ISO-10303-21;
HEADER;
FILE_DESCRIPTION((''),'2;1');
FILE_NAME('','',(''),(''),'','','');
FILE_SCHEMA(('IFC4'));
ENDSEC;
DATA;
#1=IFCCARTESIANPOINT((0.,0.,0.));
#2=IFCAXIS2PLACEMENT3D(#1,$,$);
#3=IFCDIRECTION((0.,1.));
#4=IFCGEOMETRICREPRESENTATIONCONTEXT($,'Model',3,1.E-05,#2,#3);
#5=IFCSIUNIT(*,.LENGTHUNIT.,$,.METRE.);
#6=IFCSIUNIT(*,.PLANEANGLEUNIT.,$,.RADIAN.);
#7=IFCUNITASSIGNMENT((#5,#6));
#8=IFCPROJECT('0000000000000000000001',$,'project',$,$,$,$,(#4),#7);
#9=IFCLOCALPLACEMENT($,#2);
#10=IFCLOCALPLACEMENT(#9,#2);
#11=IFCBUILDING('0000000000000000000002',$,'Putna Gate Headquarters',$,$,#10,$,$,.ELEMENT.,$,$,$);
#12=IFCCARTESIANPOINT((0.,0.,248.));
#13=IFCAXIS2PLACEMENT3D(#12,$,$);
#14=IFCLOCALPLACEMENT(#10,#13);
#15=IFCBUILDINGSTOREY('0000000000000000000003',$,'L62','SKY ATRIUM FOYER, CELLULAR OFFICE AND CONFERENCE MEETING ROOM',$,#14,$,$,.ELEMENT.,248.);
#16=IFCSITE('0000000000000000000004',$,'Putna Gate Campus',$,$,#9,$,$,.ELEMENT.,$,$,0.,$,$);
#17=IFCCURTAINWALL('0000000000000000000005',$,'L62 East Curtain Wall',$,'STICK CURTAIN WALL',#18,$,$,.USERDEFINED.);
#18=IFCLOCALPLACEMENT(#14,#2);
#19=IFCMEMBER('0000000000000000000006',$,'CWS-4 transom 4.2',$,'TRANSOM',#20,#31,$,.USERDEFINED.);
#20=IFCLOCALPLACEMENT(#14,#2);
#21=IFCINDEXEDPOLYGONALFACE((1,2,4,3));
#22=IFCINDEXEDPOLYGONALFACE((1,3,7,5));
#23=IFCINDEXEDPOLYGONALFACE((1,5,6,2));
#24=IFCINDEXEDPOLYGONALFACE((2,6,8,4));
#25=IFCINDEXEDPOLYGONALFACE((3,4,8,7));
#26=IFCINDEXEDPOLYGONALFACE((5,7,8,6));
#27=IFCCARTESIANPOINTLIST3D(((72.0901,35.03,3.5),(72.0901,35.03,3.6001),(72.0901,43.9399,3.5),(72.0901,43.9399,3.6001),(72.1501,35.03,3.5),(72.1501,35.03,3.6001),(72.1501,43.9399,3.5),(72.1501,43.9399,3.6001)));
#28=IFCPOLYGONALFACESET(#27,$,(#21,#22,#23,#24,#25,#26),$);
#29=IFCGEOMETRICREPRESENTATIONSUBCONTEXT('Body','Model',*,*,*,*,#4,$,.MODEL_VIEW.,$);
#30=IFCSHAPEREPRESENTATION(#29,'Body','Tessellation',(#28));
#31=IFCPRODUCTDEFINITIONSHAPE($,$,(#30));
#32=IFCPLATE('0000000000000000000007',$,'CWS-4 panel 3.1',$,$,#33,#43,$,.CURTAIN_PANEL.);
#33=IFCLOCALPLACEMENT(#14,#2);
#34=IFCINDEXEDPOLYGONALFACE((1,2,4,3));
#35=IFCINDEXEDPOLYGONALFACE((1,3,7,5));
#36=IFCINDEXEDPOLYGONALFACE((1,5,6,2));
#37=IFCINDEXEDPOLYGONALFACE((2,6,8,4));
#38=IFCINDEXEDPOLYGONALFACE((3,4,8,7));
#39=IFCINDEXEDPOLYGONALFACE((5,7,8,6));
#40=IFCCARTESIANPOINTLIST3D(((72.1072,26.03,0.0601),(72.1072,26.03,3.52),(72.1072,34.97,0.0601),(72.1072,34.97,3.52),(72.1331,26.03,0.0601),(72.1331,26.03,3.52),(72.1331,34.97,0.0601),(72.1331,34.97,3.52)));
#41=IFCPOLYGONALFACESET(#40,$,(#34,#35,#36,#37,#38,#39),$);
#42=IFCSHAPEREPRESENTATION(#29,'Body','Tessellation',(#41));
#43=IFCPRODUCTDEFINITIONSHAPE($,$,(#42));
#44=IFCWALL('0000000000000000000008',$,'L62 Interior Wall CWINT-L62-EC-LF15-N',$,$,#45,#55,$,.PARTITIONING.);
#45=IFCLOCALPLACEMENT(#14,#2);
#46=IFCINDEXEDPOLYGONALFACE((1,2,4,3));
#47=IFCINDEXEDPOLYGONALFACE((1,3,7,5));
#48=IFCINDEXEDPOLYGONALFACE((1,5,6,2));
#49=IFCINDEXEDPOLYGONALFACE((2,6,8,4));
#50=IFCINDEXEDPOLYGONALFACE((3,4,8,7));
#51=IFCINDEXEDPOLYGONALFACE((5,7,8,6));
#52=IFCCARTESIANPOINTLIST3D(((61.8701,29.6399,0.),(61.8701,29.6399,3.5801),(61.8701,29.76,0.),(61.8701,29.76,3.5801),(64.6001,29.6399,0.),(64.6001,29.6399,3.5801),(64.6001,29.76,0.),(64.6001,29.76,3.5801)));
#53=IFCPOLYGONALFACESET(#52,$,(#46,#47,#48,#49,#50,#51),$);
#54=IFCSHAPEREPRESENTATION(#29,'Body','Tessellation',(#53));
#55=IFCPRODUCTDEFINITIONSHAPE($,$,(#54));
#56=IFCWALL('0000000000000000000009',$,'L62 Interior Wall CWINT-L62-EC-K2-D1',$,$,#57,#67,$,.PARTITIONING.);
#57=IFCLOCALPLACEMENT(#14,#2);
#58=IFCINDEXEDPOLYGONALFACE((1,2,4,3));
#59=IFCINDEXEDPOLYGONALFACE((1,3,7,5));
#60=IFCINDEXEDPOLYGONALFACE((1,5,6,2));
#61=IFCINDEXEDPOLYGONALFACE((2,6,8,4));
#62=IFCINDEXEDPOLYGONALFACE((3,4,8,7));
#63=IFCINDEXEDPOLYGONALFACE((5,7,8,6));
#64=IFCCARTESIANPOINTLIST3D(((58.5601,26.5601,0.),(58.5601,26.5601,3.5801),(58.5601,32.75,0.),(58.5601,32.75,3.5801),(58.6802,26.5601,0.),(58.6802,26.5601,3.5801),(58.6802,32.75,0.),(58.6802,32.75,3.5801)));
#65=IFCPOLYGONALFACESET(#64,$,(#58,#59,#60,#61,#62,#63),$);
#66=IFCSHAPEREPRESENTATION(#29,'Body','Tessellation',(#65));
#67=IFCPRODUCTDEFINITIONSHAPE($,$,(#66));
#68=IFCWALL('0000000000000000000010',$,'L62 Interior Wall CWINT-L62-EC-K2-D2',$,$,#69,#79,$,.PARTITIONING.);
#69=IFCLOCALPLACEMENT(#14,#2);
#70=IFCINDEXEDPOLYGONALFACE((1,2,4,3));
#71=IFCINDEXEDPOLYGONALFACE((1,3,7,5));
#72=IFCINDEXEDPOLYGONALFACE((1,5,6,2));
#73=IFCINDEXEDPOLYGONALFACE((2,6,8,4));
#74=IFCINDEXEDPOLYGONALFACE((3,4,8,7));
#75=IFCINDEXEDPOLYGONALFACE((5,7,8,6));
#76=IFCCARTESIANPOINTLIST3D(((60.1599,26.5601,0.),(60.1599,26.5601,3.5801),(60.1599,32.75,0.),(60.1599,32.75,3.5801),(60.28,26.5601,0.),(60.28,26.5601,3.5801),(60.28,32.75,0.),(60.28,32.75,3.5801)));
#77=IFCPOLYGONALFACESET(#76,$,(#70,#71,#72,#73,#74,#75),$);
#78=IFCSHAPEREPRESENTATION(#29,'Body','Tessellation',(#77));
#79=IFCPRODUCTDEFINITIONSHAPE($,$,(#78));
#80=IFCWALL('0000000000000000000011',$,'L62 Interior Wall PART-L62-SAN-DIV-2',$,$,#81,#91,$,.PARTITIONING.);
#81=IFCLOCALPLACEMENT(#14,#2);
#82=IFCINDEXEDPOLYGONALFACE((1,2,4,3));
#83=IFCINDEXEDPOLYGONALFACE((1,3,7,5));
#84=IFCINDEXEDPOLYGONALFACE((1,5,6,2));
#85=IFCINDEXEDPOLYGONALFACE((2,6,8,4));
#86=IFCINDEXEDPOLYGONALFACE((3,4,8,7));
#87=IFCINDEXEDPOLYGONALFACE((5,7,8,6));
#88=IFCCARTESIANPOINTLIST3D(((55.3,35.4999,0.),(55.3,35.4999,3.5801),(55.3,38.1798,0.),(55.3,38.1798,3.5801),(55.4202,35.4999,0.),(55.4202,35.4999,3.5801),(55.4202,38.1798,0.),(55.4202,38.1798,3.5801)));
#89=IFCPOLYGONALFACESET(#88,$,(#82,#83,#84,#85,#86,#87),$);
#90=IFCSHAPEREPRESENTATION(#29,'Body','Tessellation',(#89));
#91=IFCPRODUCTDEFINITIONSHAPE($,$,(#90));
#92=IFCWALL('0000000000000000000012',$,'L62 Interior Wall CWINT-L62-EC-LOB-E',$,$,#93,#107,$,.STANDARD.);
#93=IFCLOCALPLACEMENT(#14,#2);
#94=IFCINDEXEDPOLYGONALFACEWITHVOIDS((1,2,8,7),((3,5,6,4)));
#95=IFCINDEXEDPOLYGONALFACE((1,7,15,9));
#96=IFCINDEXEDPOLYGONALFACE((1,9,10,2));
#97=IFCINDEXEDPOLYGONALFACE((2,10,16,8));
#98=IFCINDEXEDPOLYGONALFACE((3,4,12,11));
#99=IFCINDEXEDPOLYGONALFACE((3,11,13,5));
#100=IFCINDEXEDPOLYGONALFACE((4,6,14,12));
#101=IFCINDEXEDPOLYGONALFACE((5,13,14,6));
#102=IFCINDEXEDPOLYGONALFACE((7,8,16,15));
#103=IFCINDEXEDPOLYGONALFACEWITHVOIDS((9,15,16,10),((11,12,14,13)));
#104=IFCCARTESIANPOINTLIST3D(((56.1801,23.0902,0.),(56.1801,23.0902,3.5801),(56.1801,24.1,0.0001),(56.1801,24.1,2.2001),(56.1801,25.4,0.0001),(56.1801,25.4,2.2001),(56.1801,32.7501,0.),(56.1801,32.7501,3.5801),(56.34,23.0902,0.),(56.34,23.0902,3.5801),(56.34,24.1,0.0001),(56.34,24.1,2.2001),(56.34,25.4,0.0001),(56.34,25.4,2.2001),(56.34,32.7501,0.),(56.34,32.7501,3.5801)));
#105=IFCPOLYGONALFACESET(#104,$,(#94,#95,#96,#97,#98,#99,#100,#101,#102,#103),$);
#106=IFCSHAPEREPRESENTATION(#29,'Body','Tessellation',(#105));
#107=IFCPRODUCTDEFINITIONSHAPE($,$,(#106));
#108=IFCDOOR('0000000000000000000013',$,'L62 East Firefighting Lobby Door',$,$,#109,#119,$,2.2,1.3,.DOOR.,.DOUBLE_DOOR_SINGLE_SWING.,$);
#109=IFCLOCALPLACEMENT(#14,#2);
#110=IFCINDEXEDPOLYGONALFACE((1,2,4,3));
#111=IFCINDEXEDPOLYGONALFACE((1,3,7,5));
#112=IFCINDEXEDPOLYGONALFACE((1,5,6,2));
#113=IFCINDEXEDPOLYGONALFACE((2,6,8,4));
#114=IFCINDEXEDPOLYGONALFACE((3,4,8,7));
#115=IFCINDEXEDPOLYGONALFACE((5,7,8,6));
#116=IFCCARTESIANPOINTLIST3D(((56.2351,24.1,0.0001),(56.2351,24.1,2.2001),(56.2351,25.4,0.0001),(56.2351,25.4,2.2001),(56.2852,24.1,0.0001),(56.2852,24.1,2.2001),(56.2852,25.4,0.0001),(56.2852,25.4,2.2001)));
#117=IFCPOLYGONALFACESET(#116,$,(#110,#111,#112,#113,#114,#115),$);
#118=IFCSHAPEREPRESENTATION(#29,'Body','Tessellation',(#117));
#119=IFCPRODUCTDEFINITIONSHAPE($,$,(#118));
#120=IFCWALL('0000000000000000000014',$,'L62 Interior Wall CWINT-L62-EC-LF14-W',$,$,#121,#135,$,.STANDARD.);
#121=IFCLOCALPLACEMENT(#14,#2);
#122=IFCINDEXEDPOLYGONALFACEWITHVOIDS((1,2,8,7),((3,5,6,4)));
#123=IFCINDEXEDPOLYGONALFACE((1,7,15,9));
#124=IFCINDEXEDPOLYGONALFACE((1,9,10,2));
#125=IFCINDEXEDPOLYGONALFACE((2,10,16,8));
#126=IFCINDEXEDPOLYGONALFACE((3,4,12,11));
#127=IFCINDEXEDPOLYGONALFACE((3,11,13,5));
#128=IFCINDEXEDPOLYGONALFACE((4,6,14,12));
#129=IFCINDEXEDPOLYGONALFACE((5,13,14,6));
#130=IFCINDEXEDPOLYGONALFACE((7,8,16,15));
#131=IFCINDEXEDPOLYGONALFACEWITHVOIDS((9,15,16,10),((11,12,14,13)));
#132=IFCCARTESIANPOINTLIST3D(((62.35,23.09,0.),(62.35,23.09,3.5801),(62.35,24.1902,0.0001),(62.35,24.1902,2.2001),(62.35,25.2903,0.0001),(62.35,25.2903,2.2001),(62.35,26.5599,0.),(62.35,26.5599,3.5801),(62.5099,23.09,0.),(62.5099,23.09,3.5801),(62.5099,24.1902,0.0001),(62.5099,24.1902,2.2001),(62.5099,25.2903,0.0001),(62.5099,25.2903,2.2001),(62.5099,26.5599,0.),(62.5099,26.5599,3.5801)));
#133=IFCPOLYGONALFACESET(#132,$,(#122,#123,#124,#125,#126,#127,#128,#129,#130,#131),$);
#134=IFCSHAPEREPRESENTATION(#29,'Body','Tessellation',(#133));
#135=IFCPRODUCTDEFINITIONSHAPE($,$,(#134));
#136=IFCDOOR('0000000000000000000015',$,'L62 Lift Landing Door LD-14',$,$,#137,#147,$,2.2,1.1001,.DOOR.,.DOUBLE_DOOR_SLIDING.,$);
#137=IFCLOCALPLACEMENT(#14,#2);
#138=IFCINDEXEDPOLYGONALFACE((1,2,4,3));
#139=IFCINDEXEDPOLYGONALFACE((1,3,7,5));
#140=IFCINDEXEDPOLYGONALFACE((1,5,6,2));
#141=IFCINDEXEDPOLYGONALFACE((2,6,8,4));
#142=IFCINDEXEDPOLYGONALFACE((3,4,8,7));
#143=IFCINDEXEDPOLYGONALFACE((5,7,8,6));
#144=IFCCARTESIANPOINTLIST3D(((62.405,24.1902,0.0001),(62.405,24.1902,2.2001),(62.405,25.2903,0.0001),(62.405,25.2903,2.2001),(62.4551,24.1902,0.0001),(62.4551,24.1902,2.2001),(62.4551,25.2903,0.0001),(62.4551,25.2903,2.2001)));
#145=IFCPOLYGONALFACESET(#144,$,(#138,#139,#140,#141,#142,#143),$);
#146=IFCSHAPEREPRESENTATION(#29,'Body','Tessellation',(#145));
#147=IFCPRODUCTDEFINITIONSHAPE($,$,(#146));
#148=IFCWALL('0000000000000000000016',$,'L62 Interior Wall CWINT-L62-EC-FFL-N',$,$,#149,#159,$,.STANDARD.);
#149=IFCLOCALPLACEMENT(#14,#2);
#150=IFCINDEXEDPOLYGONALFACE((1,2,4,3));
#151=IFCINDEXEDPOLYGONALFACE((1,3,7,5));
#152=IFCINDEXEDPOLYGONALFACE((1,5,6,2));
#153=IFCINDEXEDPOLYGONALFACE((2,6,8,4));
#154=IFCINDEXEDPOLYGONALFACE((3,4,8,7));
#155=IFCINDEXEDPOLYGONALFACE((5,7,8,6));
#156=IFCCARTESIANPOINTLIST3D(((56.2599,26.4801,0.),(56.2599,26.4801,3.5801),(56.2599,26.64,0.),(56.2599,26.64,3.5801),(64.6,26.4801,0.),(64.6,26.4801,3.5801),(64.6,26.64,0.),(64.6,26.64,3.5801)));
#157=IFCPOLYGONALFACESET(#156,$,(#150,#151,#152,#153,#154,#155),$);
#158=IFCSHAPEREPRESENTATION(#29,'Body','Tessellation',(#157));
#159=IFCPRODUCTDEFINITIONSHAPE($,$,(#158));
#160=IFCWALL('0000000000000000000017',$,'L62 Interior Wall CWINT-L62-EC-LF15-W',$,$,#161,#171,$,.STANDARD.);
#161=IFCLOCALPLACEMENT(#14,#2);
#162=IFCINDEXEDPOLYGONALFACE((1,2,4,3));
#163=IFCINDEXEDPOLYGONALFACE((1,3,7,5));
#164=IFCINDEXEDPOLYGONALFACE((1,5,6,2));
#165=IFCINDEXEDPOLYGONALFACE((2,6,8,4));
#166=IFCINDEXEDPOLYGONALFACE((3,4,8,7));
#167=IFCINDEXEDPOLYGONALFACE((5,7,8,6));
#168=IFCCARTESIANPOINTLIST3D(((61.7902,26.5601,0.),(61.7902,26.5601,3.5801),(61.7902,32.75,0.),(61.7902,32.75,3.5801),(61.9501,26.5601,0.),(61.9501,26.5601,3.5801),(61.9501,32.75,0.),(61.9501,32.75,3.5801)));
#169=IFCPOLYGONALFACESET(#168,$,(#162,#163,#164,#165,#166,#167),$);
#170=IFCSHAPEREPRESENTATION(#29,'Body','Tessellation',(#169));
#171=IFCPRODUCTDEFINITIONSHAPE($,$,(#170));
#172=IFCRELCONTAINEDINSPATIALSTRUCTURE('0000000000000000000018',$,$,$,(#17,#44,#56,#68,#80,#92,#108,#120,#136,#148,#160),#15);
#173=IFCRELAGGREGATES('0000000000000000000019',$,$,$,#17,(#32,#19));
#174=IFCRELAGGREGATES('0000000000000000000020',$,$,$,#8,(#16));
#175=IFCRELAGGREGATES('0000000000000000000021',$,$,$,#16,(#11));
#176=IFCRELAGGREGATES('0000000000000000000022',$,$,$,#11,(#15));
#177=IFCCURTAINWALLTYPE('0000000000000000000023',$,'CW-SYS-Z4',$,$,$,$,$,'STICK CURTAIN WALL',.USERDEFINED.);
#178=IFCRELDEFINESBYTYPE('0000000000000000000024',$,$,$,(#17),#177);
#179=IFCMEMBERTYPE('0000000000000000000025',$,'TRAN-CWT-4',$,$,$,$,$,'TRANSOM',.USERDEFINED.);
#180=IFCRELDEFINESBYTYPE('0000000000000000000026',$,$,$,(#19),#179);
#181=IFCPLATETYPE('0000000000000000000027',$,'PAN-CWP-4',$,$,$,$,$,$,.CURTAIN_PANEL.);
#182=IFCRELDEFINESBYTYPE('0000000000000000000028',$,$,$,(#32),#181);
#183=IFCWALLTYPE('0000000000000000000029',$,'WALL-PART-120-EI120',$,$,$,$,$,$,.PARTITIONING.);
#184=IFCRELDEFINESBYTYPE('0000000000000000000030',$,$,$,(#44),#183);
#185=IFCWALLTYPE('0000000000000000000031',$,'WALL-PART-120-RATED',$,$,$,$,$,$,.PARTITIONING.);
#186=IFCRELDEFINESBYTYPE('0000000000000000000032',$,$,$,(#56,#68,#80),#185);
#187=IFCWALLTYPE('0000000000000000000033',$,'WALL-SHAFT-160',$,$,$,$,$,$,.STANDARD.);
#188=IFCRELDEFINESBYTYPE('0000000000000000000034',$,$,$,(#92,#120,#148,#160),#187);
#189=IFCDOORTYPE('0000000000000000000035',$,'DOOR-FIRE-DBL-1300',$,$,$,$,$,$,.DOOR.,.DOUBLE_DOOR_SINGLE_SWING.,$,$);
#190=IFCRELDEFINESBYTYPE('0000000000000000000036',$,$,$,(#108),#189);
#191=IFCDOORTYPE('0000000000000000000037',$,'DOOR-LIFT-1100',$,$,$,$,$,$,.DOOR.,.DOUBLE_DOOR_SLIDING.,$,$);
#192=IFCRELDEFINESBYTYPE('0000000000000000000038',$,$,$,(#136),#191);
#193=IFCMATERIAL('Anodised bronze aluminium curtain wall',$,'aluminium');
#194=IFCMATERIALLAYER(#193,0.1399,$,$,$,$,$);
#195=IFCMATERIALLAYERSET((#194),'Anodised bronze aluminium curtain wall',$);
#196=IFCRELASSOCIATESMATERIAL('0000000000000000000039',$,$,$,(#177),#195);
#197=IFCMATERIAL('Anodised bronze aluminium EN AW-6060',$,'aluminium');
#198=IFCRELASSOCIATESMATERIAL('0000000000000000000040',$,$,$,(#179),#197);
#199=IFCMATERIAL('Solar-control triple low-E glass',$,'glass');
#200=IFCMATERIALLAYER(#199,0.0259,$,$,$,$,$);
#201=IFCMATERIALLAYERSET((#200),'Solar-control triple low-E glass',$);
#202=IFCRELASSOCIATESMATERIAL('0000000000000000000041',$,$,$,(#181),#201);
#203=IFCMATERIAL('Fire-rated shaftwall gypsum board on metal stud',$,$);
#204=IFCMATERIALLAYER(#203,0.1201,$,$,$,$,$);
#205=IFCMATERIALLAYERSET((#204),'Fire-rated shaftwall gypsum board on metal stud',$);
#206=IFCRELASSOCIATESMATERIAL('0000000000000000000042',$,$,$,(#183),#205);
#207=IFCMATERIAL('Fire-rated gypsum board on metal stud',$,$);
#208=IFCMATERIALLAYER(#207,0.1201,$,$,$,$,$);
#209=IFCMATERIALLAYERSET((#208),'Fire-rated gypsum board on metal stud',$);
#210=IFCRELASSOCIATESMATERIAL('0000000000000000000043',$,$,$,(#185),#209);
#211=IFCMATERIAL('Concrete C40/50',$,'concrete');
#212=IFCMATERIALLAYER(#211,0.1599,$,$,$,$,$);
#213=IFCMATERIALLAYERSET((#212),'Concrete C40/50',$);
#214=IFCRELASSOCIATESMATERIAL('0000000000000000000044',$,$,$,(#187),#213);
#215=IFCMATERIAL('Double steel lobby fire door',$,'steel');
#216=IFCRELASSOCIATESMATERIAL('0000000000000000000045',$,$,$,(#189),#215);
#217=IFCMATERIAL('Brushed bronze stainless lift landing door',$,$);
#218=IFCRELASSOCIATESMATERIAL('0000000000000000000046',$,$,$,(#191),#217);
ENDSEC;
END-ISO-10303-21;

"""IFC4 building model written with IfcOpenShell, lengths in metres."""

from ifc_helpers import new_model, si_unit, direction, frame, frame_2d, origin, origin_2d, place, context, subcontext, project, spatial, rectangle, extrude, material, layer, layer_set, material_profile, profile_set, type_object, element, fill, aggregate, save


model = new_model("IFC4")

# Units and contexts
model_context = context("Model", 3, precision=1e-05, world=origin(), true_north=direction((0.0, 1.0)))
body_context = subcontext(model_context, "Body", "Model", "MODEL_VIEW")
ifc_project = project(units=[si_unit("LENGTHUNIT", "METRE"), si_unit("PLANEANGLEUNIT", "RADIAN")], contexts=[model_context])

# Site, building, storey
site_placement = place(None, origin())
site = spatial("IfcSite", under=ifc_project, at=site_placement, Name="Putna Gate Campus", CompositionType="ELEMENT", RefElevation=0.0)
building_placement = place(site_placement, origin())
building = spatial("IfcBuilding", under=site, at=building_placement, Name="Putna Gate Headquarters", CompositionType="ELEMENT")
storey_placement = place(building_placement, frame((0.0, 0.0, 248.0)))
storey = spatial("IfcBuildingStorey", under=building, at=storey_placement, Name="L62", Description="SKY ATRIUM FOYER, CELLULAR OFFICE AND CONFERENCE MEETING ROOM", CompositionType="ELEMENT", Elevation=248.0)

# Curtain wall, member, plate
ifc_material_1 = material(Name="Anodised bronze aluminium curtain wall", Category="aluminium")
ifc_layer_1 = layer(ifc_material_1, 0.1399)
ifc_layer_set_1 = layer_set([ifc_layer_1], Name="Anodised bronze aluminium curtain wall")
curtain_wall_type = type_object("IfcCurtainWallType", Name="CW-SYS-Z4", ElementType="STICK CURTAIN WALL", PredefinedType="USERDEFINED", material=ifc_layer_set_1)
curtain_wall_placement = place(storey_placement, origin())
curtain_wall = element("IfcCurtainWall", 1, at=curtain_wall_placement, inside=storey, type_object=curtain_wall_type, Name="L62 East Curtain Wall", ObjectType="STICK CURTAIN WALL", PredefinedType="USERDEFINED")
ifc_material_2 = material(Name="Anodised bronze aluminium EN AW-6060", Category="aluminium")
ifc_material_profile_1 = material_profile(ifc_material_2, rectangle(XDim=0.0601, YDim=0.1001, at=origin_2d()), Name="Anodised bronze aluminium EN AW-6060")
ifc_profile_set_1 = profile_set([ifc_material_profile_1], Name="Anodised bronze aluminium EN AW-6060")
member_type_1 = type_object("IfcMemberType", Name="TRAN-CWT-4", ElementType="TRANSOM", PredefinedType="USERDEFINED", material=ifc_profile_set_1)
member_1_placement = place(storey_placement, frame((72.1201, 35.03, 3.55), z_axis=(0.0, 1.0, 0.0), x_axis=(-1.0, 0.0, 0.0)))
member_1 = element("IfcMember", 2, at=member_1_placement, type_object=member_type_1, Name="CWS-4 transom 4.2", ObjectType="TRANSOM", PredefinedType="USERDEFINED", context=body_context, shape_type="SweptSolid", body=[
    extrude(rectangle(XDim=0.0601, YDim=0.1001, at=origin_2d()), origin(), (0.0, 0.0, 1.0), 8.9099),
])
ifc_material_3 = material(Name="Solar-control triple low-E glass", Category="glass")
ifc_layer_2 = layer(ifc_material_3, 0.0259)
ifc_layer_set_2 = layer_set([ifc_layer_2], Name="Solar-control triple low-E glass")
plate_type = type_object("IfcPlateType", Name="PAN-CWP-4", PredefinedType="CURTAIN_PANEL", material=ifc_layer_set_2)
plate_placement = place(storey_placement, frame((72.1201, 30.5, 0.0601), z_axis=(0.0, 0.0, 1.0), x_axis=(0.0, 1.0, 0.0)))
plate = element("IfcPlate", 3, at=plate_placement, type_object=plate_type, Name="CWS-4 panel 3.1", PredefinedType="CURTAIN_PANEL", context=body_context, shape_type="SweptSolid", body=[
    extrude(rectangle(XDim=8.9399, YDim=0.0259, at=origin_2d()), origin(), (0.0, 0.0, 1.0), 3.46),
])
aggregate(curtain_wall, [plate, member_1])

# Walls
ifc_material_4 = material(Name="Fire-rated shaftwall gypsum board on metal stud")
ifc_layer_3 = layer(ifc_material_4, 0.1201)
ifc_layer_set_3 = layer_set([ifc_layer_3], Name="Fire-rated shaftwall gypsum board on metal stud")
wall_type_1 = type_object("IfcWallType", Name="WALL-PART-120-EI120", PredefinedType="PARTITIONING", material=ifc_layer_set_3)
wall_1_placement = place(storey_placement, frame((61.8701, 29.7, 0.0), z_axis=(0.0, 0.0, 1.0), x_axis=(1.0, 0.0, 0.0)))
element("IfcWall", 4, at=wall_1_placement, inside=storey, type_object=wall_type_1, Name="L62 Interior Wall CWINT-L62-EC-LF15-N", PredefinedType="PARTITIONING", context=body_context, shape_type="SweptSolid", body=[
    extrude(rectangle(XDim=2.73, YDim=0.1201, at=frame_2d((1.365, 0.0))), origin(), (0.0, 0.0, 1.0), 3.5801),
])
ifc_material_5 = material(Name="Fire-rated gypsum board on metal stud")
ifc_layer_4 = layer(ifc_material_5, 0.1201)
ifc_layer_set_4 = layer_set([ifc_layer_4], Name="Fire-rated gypsum board on metal stud")
wall_type_2 = type_object("IfcWallType", Name="WALL-PART-120-RATED", PredefinedType="PARTITIONING", material=ifc_layer_set_4)
for number, where, z_axis, x_axis, name in (
    (5, (58.6201, 26.5601, 0.0), (0.0, 0.0, 1.0), (0.0, 1.0, 0.0), "L62 Interior Wall CWINT-L62-EC-K2-D1"),
    (6, (60.22, 26.5601, 0.0), (0.0, 0.0, 1.0), (0.0, 1.0, 0.0), "L62 Interior Wall CWINT-L62-EC-K2-D2"),
):
    element("IfcWall", number, at=place(storey_placement, frame(where, z_axis=z_axis, x_axis=x_axis)), inside=storey, type_object=wall_type_2, Name=name, PredefinedType="PARTITIONING", context=body_context, shape_type="SweptSolid", body=[
        extrude(rectangle(XDim=6.1899, YDim=0.1201, at=frame_2d((3.095, 0.0))), origin(), (0.0, 0.0, 1.0), 3.5801),
    ])
wall_2_placement = place(storey_placement, frame((55.3601, 35.5, 0.0), z_axis=(0.0, 0.0, 1.0), x_axis=(0.0, 1.0, 0.0)))
element("IfcWall", 7, at=wall_2_placement, inside=storey, type_object=wall_type_2, Name="L62 Interior Wall PART-L62-SAN-DIV-2", PredefinedType="PARTITIONING", context=body_context, shape_type="SweptSolid", body=[
    extrude(rectangle(XDim=2.6799, YDim=0.1201, at=frame_2d((1.3398, 0.0))), origin(), (0.0, 0.0, 1.0), 3.5801),
])

# Walls, openings, doors
ifc_material_6 = material(Name="Concrete C40/50", Category="concrete")
ifc_layer_5 = layer(ifc_material_6, 0.1599)
ifc_layer_set_5 = layer_set([ifc_layer_5], Name="Concrete C40/50")
wall_type_3 = type_object("IfcWallType", Name="WALL-SHAFT-160", PredefinedType="STANDARD", material=ifc_layer_set_5)
wall_3_placement = place(storey_placement, frame((56.26, 23.0901, 0.0), z_axis=(0.0, 0.0, 1.0), x_axis=(0.0, 1.0, 0.0)))
wall_3 = element("IfcWall", 8, at=wall_3_placement, inside=storey, type_object=wall_type_3, Name="L62 Interior Wall CWINT-L62-EC-LOB-E", PredefinedType="STANDARD", context=body_context, shape_type="SweptSolid", body=[
    extrude(rectangle(XDim=9.6599, YDim=0.1599, at=frame_2d((4.8301, 0.0))), origin(), (0.0, 0.0, 1.0), 3.5801),
])
opening_1_placement = place(wall_3_placement, frame((1.01, 0.0, 0.0)))
opening_1 = element("IfcOpeningElement", 9, at=opening_1_placement, cuts=wall_3, PredefinedType="OPENING", context=body_context, shape_type="SweptSolid", body=[
    extrude(rectangle(XDim=1.3, YDim=2.2, at=frame_2d((0.6499, 1.1001))), frame((0.0, 0.0898, 0.0), z_axis=(0.0, -1.0, 0.0), x_axis=(1.0, 0.0, 0.0)), (0.0, 0.0, 1.0), 0.1799),
])
ifc_material_7 = material(Name="Double steel lobby fire door", Category="steel")
door_type_1 = type_object("IfcDoorType", Name="DOOR-FIRE-DBL-1300", OperationType="DOUBLE_DOOR_SINGLE_SWING", PredefinedType="DOOR", material=ifc_material_7)
door_1_placement = place(opening_1_placement, origin())
door_1 = element("IfcDoor", 10, at=door_1_placement, inside=storey, type_object=door_type_1, Name="L62 East Firefighting Lobby Door", OperationType="DOUBLE_DOOR_SINGLE_SWING", OverallHeight=2.2, OverallWidth=1.3, PredefinedType="DOOR", context=body_context, shape_type="SweptSolid", body=[
    extrude(rectangle(XDim=1.3, YDim=2.2, at=frame_2d((0.6499, 1.1001))), frame((0.0, 0.0249, 0.0), z_axis=(0.0, -1.0, 0.0), x_axis=(1.0, 0.0, 0.0)), (0.0, 0.0, 1.0), 0.05),
])
fill(opening_1, door_1)
wall_4_placement = place(storey_placement, frame((62.4299, 23.0901, 0.0), z_axis=(0.0, 0.0, 1.0), x_axis=(0.0, 1.0, 0.0)))
wall_4 = element("IfcWall", 11, at=wall_4_placement, inside=storey, type_object=wall_type_3, Name="L62 Interior Wall CWINT-L62-EC-LF14-W", PredefinedType="STANDARD", context=body_context, shape_type="SweptSolid", body=[
    extrude(rectangle(XDim=3.47, YDim=0.1599, at=frame_2d((1.7349, 0.0))), origin(), (0.0, 0.0, 1.0), 3.5801),
])
opening_2_placement = place(wall_4_placement, frame((1.1001, 0.0, 0.0)))
opening_2 = element("IfcOpeningElement", 12, at=opening_2_placement, cuts=wall_4, PredefinedType="OPENING", context=body_context, shape_type="SweptSolid", body=[
    extrude(rectangle(XDim=1.1001, YDim=2.2, at=frame_2d((0.55, 1.1001))), frame((0.0, 0.0898, 0.0), z_axis=(0.0, -1.0, 0.0), x_axis=(1.0, 0.0, 0.0)), (0.0, 0.0, 1.0), 0.1799),
])
ifc_material_8 = material(Name="Brushed bronze stainless lift landing door")
door_type_2 = type_object("IfcDoorType", Name="DOOR-LIFT-1100", OperationType="DOUBLE_DOOR_SLIDING", PredefinedType="DOOR", material=ifc_material_8)
door_2_placement = place(opening_2_placement, origin())
door_2 = element("IfcDoor", 13, at=door_2_placement, inside=storey, type_object=door_type_2, Name="L62 Lift Landing Door LD-14", OperationType="DOUBLE_DOOR_SLIDING", OverallHeight=2.2, OverallWidth=1.1001, PredefinedType="DOOR", context=body_context, shape_type="SweptSolid", body=[
    extrude(rectangle(XDim=1.1001, YDim=2.2, at=frame_2d((0.55, 1.1001))), frame((0.0, 0.0249, 0.0), z_axis=(0.0, -1.0, 0.0), x_axis=(1.0, 0.0, 0.0)), (0.0, 0.0, 1.0), 0.05),
])
fill(opening_2, door_2)

# Walls
wall_5_placement = place(storey_placement, frame((56.26, 26.5601, 0.0), z_axis=(0.0, 0.0, 1.0), x_axis=(1.0, 0.0, 0.0)))
element("IfcWall", 14, at=wall_5_placement, inside=storey, type_object=wall_type_3, Name="L62 Interior Wall CWINT-L62-EC-FFL-N", PredefinedType="STANDARD", context=body_context, shape_type="SweptSolid", body=[
    extrude(rectangle(XDim=8.3401, YDim=0.1599, at=frame_2d((4.1699, 0.0))), origin(), (0.0, 0.0, 1.0), 3.5801),
])
wall_6_placement = place(storey_placement, frame((61.8701, 26.5601, 0.0), z_axis=(0.0, 0.0, 1.0), x_axis=(0.0, 1.0, 0.0)))
element("IfcWall", 15, at=wall_6_placement, inside=storey, type_object=wall_type_3, Name="L62 Interior Wall CWINT-L62-EC-LF15-W", PredefinedType="STANDARD", context=body_context, shape_type="SweptSolid", body=[
    extrude(rectangle(XDim=6.1899, YDim=0.1599, at=frame_2d((3.095, 0.0))), origin(), (0.0, 0.0, 1.0), 3.5801),
])

save(model, "model.ifc")
